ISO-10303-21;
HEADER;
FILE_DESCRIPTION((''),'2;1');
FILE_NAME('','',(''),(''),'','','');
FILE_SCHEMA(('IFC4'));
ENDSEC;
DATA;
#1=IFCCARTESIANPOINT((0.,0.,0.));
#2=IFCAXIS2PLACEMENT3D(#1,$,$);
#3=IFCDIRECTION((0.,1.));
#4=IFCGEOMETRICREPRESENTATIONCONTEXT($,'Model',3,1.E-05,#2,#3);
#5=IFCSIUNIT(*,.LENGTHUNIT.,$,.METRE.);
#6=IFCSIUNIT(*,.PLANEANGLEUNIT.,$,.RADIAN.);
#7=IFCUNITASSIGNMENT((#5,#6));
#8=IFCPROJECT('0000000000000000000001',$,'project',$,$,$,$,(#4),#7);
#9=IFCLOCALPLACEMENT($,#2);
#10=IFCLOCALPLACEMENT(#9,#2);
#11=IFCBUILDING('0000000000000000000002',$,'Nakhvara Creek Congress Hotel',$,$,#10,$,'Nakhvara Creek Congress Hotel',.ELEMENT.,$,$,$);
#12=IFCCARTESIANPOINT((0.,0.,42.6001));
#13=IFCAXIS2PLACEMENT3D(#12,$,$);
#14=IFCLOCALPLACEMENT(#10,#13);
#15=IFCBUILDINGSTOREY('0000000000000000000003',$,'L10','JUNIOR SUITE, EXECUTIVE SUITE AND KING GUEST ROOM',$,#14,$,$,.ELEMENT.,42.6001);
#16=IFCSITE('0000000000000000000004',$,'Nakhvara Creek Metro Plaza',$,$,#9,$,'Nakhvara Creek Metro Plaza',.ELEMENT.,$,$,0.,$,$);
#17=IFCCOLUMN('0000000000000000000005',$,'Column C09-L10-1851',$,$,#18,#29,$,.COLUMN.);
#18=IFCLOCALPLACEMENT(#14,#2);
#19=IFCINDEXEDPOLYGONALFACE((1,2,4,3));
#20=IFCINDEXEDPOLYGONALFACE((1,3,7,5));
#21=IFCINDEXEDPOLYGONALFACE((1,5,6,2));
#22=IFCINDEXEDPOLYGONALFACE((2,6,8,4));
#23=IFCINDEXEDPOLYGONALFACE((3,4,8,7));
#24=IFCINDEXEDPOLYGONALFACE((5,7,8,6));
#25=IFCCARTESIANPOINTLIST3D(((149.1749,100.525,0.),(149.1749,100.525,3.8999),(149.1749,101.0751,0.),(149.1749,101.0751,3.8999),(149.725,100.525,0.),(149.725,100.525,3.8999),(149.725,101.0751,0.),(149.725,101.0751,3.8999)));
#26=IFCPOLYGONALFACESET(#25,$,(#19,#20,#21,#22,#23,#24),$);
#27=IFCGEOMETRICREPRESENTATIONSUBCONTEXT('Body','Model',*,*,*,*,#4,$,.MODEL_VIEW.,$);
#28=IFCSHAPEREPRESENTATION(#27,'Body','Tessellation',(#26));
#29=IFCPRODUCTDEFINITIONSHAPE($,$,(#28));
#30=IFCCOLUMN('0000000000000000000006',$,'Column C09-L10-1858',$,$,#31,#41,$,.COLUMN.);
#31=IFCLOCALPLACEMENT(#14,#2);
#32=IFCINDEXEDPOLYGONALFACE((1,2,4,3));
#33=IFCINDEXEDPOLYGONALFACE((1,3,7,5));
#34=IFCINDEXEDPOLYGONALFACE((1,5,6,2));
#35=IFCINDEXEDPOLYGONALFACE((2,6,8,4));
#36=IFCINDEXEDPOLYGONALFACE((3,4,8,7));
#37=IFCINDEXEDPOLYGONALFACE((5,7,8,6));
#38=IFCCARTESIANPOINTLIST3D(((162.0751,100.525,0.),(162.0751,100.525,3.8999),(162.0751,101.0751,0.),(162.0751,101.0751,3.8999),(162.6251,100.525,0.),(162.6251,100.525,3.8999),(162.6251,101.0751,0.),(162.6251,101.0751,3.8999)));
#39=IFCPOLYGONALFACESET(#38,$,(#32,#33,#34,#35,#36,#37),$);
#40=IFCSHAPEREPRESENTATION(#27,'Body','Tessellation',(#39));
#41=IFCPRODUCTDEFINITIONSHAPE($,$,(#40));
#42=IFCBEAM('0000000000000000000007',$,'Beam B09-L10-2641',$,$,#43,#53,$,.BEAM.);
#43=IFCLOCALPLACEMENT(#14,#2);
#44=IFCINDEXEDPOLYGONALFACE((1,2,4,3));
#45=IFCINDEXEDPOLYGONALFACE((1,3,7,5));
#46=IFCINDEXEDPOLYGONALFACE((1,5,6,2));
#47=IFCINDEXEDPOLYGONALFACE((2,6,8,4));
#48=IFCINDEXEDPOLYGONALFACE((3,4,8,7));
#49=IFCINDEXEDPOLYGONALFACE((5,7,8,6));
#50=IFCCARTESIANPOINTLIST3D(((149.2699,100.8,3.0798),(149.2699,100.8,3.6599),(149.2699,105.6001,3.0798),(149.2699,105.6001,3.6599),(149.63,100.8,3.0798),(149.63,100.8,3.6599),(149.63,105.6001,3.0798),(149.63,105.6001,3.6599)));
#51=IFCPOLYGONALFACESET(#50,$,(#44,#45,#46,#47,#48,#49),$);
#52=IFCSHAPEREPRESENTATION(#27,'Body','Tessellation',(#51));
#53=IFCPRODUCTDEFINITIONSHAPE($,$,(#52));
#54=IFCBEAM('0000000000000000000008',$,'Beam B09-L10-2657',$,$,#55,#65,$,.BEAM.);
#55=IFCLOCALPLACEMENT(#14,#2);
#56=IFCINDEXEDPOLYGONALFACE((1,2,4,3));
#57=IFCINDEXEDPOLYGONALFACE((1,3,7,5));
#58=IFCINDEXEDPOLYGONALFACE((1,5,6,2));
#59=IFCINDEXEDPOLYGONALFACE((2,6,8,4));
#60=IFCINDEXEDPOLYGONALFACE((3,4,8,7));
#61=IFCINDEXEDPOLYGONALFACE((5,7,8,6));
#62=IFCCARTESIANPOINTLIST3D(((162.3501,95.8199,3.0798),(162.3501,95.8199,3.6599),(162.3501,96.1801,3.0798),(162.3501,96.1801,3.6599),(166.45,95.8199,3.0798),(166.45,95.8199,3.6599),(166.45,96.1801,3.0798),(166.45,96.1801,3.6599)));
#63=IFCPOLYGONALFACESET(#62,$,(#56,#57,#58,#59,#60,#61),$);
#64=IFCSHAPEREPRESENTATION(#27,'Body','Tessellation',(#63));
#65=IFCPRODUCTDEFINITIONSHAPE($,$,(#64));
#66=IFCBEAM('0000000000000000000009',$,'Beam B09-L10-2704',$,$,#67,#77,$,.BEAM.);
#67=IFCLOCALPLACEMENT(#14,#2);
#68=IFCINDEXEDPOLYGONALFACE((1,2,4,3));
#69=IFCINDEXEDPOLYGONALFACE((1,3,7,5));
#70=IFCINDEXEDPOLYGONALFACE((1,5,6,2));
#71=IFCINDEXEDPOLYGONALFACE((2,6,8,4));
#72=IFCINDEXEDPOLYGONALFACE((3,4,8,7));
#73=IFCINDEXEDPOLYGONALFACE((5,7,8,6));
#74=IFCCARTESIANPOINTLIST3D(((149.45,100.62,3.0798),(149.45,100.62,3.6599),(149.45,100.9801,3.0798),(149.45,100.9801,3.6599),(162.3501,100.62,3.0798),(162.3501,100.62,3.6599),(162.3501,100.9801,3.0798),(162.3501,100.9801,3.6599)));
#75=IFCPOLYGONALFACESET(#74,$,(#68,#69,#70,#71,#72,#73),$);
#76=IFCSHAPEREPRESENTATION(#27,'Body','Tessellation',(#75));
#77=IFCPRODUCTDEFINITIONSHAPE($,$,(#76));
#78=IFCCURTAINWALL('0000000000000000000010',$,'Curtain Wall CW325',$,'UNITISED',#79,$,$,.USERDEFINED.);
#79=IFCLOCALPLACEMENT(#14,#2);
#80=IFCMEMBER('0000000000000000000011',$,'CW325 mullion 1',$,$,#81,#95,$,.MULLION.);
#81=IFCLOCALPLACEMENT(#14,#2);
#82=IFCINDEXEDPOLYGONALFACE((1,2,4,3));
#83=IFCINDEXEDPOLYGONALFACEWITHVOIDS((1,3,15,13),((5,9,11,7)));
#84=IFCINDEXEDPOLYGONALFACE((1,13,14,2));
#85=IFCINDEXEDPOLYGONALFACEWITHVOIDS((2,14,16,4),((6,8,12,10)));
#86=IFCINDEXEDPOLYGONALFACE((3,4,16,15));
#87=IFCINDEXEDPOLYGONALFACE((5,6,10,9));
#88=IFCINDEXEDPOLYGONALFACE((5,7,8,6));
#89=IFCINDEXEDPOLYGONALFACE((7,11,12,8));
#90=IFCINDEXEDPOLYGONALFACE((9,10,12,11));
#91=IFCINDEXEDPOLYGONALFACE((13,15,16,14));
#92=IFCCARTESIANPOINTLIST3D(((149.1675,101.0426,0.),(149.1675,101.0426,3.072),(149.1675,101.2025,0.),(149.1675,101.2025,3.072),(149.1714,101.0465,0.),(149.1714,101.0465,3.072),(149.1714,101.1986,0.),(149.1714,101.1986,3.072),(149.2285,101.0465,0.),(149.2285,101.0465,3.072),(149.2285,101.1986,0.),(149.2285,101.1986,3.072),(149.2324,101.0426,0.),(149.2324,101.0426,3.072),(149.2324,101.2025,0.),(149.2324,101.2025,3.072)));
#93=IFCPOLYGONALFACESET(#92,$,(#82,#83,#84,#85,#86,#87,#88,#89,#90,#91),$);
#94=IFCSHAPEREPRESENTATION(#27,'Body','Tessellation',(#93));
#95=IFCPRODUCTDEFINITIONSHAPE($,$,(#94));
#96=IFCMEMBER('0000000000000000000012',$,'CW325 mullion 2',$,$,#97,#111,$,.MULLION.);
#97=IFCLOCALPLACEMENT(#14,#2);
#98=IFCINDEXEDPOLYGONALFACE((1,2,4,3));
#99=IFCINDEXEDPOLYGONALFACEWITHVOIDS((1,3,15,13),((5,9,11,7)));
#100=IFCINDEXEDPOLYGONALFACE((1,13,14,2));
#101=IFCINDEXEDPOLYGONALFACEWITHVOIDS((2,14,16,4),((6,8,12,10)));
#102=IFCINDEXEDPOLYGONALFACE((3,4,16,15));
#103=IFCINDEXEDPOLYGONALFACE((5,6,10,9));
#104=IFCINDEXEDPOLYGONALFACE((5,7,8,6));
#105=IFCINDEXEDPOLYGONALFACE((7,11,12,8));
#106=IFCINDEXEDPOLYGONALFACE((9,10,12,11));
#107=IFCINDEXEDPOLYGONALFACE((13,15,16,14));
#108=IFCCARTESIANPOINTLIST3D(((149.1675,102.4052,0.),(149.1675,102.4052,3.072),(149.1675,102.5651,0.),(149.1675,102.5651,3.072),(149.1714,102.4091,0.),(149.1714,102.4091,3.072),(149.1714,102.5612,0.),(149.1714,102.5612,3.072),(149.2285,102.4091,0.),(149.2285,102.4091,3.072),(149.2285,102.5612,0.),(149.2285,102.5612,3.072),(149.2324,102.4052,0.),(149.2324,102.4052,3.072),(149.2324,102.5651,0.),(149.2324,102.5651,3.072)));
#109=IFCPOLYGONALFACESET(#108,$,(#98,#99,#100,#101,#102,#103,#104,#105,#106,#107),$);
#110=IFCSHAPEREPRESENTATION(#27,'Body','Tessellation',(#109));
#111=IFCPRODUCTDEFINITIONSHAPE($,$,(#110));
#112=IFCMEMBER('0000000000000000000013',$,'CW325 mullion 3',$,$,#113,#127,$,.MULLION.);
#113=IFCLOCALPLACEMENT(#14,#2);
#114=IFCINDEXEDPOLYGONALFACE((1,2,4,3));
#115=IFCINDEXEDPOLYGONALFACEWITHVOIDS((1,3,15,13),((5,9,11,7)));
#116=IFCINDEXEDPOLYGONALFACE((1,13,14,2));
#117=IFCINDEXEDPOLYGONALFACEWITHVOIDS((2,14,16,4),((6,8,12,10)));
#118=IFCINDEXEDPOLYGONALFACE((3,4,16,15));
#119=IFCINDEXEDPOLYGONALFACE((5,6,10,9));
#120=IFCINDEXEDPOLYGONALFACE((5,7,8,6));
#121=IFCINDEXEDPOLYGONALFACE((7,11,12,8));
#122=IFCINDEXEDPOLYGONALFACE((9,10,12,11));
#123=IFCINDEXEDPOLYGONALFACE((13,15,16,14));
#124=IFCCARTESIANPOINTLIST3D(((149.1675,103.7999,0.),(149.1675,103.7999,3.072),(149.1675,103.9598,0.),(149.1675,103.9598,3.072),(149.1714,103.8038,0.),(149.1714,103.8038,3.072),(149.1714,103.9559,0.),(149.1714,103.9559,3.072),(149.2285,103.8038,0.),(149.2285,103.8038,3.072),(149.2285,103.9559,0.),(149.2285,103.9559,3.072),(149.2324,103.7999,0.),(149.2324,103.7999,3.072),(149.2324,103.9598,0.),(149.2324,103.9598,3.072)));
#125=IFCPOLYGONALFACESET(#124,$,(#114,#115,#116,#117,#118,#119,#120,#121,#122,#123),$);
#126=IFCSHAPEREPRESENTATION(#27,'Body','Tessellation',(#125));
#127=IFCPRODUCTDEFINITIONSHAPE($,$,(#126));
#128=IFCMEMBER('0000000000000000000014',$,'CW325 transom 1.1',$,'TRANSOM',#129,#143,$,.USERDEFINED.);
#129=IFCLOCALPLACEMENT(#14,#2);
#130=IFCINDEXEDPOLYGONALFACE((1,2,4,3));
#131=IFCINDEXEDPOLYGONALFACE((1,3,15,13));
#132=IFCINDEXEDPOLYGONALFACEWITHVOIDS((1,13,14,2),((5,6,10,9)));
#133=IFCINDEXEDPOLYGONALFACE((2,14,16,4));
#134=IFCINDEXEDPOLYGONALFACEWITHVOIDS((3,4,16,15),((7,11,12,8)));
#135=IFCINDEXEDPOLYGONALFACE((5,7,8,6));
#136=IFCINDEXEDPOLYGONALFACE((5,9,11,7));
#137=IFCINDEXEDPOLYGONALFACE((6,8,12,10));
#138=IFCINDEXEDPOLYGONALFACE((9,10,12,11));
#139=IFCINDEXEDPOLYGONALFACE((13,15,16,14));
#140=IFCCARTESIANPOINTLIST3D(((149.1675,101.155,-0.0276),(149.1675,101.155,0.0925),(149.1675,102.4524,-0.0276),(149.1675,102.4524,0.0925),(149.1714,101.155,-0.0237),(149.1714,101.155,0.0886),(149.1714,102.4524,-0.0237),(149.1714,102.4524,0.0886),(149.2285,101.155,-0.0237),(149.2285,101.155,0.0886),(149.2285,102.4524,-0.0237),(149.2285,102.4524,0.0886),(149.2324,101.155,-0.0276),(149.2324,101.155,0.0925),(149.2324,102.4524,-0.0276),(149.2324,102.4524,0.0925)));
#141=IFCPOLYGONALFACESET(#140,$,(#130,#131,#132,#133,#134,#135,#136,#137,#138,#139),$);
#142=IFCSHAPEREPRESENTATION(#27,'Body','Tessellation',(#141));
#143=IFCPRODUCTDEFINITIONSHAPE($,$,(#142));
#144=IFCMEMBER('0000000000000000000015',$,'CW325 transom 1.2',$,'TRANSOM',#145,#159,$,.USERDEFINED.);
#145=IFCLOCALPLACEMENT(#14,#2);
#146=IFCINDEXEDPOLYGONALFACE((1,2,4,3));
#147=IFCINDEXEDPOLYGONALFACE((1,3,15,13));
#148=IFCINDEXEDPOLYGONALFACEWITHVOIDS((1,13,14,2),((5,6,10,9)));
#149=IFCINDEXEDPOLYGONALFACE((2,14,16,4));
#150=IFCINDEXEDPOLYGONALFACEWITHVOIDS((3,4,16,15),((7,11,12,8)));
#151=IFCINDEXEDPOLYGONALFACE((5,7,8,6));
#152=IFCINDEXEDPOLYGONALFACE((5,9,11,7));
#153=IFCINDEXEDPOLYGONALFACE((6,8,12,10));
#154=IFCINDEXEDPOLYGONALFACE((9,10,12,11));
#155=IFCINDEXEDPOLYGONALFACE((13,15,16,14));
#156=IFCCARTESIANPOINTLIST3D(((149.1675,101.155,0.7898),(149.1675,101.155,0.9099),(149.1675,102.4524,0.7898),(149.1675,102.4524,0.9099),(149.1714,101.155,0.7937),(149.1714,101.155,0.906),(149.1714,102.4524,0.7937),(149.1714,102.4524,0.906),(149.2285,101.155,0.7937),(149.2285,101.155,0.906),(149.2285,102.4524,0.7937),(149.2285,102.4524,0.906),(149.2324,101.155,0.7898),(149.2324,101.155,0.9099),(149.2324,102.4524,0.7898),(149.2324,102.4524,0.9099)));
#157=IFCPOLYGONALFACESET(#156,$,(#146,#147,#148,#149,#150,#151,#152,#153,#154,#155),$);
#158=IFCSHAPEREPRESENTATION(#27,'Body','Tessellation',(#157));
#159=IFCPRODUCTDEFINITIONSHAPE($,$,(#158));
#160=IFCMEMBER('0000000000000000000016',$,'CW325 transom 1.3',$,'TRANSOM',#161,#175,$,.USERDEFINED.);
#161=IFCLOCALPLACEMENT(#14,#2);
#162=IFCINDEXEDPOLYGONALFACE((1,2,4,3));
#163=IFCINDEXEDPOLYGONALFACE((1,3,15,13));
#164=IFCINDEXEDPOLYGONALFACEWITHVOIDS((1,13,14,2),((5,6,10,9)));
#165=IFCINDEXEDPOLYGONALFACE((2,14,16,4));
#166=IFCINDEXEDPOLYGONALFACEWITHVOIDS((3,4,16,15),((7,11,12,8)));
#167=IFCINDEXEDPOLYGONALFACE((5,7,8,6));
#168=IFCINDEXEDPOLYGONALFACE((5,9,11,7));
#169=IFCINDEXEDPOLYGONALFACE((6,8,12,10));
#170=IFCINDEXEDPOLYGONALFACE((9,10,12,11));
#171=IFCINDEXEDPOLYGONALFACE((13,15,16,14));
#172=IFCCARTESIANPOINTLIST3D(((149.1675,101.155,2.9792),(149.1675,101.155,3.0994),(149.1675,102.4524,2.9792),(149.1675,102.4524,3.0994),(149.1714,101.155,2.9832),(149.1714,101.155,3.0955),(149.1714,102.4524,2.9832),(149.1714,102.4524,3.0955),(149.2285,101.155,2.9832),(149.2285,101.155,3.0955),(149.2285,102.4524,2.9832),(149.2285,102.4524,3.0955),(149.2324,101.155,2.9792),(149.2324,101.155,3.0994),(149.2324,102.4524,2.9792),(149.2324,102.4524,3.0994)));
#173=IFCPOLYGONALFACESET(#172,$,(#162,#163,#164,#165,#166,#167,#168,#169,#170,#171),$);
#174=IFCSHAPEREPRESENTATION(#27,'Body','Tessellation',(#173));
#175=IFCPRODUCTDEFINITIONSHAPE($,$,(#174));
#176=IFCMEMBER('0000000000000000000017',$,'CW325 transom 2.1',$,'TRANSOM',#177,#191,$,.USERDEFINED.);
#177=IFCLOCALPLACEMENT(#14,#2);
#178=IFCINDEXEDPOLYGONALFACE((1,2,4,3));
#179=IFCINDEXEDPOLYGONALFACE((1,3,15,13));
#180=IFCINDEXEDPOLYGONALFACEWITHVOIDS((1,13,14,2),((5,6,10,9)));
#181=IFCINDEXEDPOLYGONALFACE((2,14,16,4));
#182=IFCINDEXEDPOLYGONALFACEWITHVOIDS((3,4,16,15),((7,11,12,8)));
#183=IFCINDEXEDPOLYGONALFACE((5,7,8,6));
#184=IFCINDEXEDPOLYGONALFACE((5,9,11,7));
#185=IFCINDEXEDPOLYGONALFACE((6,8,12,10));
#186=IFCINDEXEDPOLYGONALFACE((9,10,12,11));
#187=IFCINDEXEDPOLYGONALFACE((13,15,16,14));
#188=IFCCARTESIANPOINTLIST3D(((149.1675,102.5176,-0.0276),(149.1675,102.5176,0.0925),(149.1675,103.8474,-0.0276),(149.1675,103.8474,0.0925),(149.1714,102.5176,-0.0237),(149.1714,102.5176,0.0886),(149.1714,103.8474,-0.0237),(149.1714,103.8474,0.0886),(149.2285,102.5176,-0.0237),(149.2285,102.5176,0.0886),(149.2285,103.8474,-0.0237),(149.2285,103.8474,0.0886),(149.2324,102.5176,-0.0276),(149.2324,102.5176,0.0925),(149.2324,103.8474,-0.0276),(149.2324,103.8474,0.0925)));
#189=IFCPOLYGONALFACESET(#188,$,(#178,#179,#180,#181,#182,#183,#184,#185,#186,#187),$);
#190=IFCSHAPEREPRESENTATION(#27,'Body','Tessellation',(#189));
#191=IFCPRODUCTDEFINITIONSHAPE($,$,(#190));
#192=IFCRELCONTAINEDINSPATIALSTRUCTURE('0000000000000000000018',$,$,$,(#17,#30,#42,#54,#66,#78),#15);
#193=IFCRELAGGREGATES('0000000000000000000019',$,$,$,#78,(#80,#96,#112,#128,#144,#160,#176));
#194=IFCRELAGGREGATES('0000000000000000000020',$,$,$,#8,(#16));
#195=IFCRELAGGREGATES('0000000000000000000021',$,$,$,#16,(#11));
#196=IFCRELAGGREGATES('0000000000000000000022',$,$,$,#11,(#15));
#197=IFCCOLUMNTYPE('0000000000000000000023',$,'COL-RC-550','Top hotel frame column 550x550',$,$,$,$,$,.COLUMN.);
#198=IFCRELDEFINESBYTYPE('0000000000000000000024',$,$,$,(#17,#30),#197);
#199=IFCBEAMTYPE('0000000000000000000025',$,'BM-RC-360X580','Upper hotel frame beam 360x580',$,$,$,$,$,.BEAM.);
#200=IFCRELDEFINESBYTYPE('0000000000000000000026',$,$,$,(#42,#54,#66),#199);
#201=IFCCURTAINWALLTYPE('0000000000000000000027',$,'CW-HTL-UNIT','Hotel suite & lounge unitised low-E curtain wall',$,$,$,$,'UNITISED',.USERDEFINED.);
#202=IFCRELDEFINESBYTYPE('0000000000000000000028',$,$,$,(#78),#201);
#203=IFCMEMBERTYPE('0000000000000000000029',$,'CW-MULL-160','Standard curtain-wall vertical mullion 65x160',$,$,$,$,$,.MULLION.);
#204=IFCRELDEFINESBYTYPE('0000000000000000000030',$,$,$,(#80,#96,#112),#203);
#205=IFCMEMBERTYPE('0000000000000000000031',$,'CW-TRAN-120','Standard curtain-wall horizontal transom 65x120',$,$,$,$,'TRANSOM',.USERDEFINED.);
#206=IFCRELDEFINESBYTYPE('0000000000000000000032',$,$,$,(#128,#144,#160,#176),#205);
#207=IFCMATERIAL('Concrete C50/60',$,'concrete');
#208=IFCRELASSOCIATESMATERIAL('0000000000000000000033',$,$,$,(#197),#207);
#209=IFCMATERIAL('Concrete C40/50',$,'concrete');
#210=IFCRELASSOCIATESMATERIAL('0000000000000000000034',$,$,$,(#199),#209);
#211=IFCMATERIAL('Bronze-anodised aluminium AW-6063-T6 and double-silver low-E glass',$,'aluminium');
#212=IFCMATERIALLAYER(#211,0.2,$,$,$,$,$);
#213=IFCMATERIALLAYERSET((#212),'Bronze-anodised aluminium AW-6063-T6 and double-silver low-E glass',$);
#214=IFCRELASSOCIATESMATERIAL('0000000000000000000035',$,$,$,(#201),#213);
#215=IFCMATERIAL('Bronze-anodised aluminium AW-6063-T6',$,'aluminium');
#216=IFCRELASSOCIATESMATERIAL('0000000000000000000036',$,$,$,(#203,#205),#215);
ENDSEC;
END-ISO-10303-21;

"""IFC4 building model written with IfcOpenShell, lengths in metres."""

from ifc_helpers import new_model, si_unit, direction, frame, origin, origin_2d, place, context, subcontext, project, spatial, rectangle, hollow_rectangle, extrude, material, layer, layer_set, material_profile, profile_set, type_object, element, aggregate, save


model = new_model("IFC4")

# Units and contexts
model_context = context("Model", 3, precision=1e-05, world=origin(), true_north=direction((0.0, 1.0)))
body_context = subcontext(model_context, "Body", "Model", "MODEL_VIEW")
ifc_project = project(units=[si_unit("LENGTHUNIT", "METRE"), si_unit("PLANEANGLEUNIT", "RADIAN")], contexts=[model_context])

# Site, building, storey
site_placement = place(None, origin())
site = spatial("IfcSite", under=ifc_project, at=site_placement, Name="Nakhvara Creek Metro Plaza", LongName="Nakhvara Creek Metro Plaza", CompositionType="ELEMENT", RefElevation=0.0)
building_placement = place(site_placement, origin())
building = spatial("IfcBuilding", under=site, at=building_placement, Name="Nakhvara Creek Congress Hotel", LongName="Nakhvara Creek Congress Hotel", CompositionType="ELEMENT")
storey_placement = place(building_placement, frame((0.0, 0.0, 42.6001)))
storey = spatial("IfcBuildingStorey", under=building, at=storey_placement, Name="L10", Description="JUNIOR SUITE, EXECUTIVE SUITE AND KING GUEST ROOM", CompositionType="ELEMENT", Elevation=42.6001)

# Columns
ifc_material_1 = material(Name="Concrete C50/60", Category="concrete")
ifc_material_profile_1 = material_profile(ifc_material_1, rectangle(XDim=0.55, YDim=0.55, at=origin_2d()), Name="RC-COL 550x550", Category="LoadBearing")
ifc_profile_set_1 = profile_set([ifc_material_profile_1], Name="Concrete C50/60")
column_type = type_object("IfcColumnType", Name="COL-RC-550", Description="Top hotel frame column 550x550", PredefinedType="COLUMN", material=ifc_profile_set_1)
for number, where, z_axis, x_axis, name in (
    (1, (149.45, 100.8, 0.0), (0.0, 0.0, 1.0), (1.0, 0.0, 0.0), "Column C09-L10-1851"),
    (2, (162.3501, 100.8, 0.0), (0.0, 0.0, 1.0), (1.0, 0.0, 0.0), "Column C09-L10-1858"),
):
    element("IfcColumn", number, at=place(storey_placement, frame(where, z_axis=z_axis, x_axis=x_axis)), inside=storey, type_object=column_type, Name=name, PredefinedType="COLUMN", context=body_context, shape_type="SweptSolid", body=[
        extrude(rectangle(XDim=0.55, YDim=0.55, at=origin_2d()), origin(), (0.0, 0.0, 1.0), 3.8999),
    ])

# Beams
ifc_material_2 = material(Name="Concrete C40/50", Category="concrete")
ifc_material_profile_2 = material_profile(ifc_material_2, rectangle(XDim=0.3601, YDim=0.5801, at=origin_2d()), Name="RC-BM 360x580", Category="LoadBearing")
ifc_profile_set_2 = profile_set([ifc_material_profile_2], Name="Concrete C40/50")
beam_type = type_object("IfcBeamType", Name="BM-RC-360X580", Description="Upper hotel frame beam 360x580", PredefinedType="BEAM", material=ifc_profile_set_2)
beam_1_placement = place(storey_placement, frame((149.45, 100.8, 3.3699), z_axis=(0.0, 1.0, 0.0), x_axis=(-1.0, 0.0, 0.0)))
element("IfcBeam", 3, at=beam_1_placement, inside=storey, type_object=beam_type, Name="Beam B09-L10-2641", PredefinedType="BEAM", context=body_context, shape_type="SweptSolid", body=[
    extrude(rectangle(XDim=0.3601, YDim=0.5801, at=origin_2d()), origin(), (0.0, 0.0, 1.0), 4.8),
])
beam_2_placement = place(storey_placement, frame((162.3501, 96.0, 3.3699), z_axis=(1.0, 0.0, 0.0), x_axis=(0.0, 1.0, 0.0)))
element("IfcBeam", 4, at=beam_2_placement, inside=storey, type_object=beam_type, Name="Beam B09-L10-2657", PredefinedType="BEAM", context=body_context, shape_type="SweptSolid", body=[
    extrude(rectangle(XDim=0.3601, YDim=0.5801, at=origin_2d()), origin(), (0.0, 0.0, 1.0), 4.0999),
])
beam_3_placement = place(storey_placement, frame((149.45, 100.8, 3.3699), z_axis=(1.0, 0.0, 0.0), x_axis=(0.0, 1.0, 0.0)))
element("IfcBeam", 5, at=beam_3_placement, inside=storey, type_object=beam_type, Name="Beam B09-L10-2704", PredefinedType="BEAM", context=body_context, shape_type="SweptSolid", body=[
    extrude(rectangle(XDim=0.3601, YDim=0.5801, at=origin_2d()), origin(), (0.0, 0.0, 1.0), 12.9001),
])

# Curtain wall, members
ifc_material_3 = material(Name="Bronze-anodised aluminium AW-6063-T6 and double-silver low-E glass", Category="aluminium")
ifc_layer_1 = layer(ifc_material_3, 0.2)
ifc_layer_set_1 = layer_set([ifc_layer_1], Name="Bronze-anodised aluminium AW-6063-T6 and double-silver low-E glass")
curtain_wall_type = type_object("IfcCurtainWallType", Name="CW-HTL-UNIT", Description="Hotel suite & lounge unitised low-E curtain wall", ElementType="UNITISED", PredefinedType="USERDEFINED", material=ifc_layer_set_1)
curtain_wall_placement = place(storey_placement, origin())
curtain_wall = element("IfcCurtainWall", 6, at=curtain_wall_placement, inside=storey, type_object=curtain_wall_type, Name="Curtain Wall CW325", ObjectType="UNITISED", PredefinedType="USERDEFINED")
ifc_material_4 = material(Name="Bronze-anodised aluminium AW-6063-T6", Category="aluminium")
ifc_material_profile_3 = material_profile(ifc_material_4, hollow_rectangle(XDim=0.0649, YDim=0.1599, WallThickness=0.0039, at=origin_2d()), Name="ALU-MULL 65x160x4", Category="LoadBearing")
ifc_profile_set_3 = profile_set([ifc_material_profile_3], Name="Bronze-anodised aluminium AW-6063-T6")
member_type_1 = type_object("IfcMemberType", Name="CW-MULL-160", Description="Standard curtain-wall vertical mullion 65x160", PredefinedType="MULLION", material=ifc_profile_set_3)
member_1_placement = place(storey_placement, frame((149.2, 101.1226, 0.0), z_axis=(0.0, 0.0, 1.0), x_axis=(-1.0, 0.0, 0.0)))
member_1 = element("IfcMember", 7, at=member_1_placement, type_object=member_type_1, Name="CW325 mullion 1", PredefinedType="MULLION", context=body_context, shape_type="SweptSolid", body=[
    extrude(hollow_rectangle(XDim=0.0649, YDim=0.1599, WallThickness=0.0039, at=origin_2d()), origin(), (0.0, 0.0, 1.0), 3.072),
])
member_2_placement = place(storey_placement, frame((149.2, 102.4851, 0.0), z_axis=(0.0, 0.0, 1.0), x_axis=(-1.0, 0.0, 0.0)))
member_2 = element("IfcMember", 8, at=member_2_placement, type_object=member_type_1, Name="CW325 mullion 2", PredefinedType="MULLION", context=body_context, shape_type="SweptSolid", body=[
    extrude(hollow_rectangle(XDim=0.0649, YDim=0.1599, WallThickness=0.0039, at=origin_2d()), origin(), (0.0, 0.0, 1.0), 3.072),
])
member_3_placement = place(storey_placement, frame((149.2, 103.8799, 0.0), z_axis=(0.0, 0.0, 1.0), x_axis=(-1.0, 0.0, 0.0)))
member_3 = element("IfcMember", 9, at=member_3_placement, type_object=member_type_1, Name="CW325 mullion 3", PredefinedType="MULLION", context=body_context, shape_type="SweptSolid", body=[
    extrude(hollow_rectangle(XDim=0.0649, YDim=0.1599, WallThickness=0.0039, at=origin_2d()), origin(), (0.0, 0.0, 1.0), 3.072),
])
ifc_material_profile_4 = material_profile(ifc_material_4, hollow_rectangle(XDim=0.0649, YDim=0.1201, WallThickness=0.0039, at=origin_2d()), Name="ALU-TRAN 65x120x4", Category="LoadBearing")
ifc_profile_set_4 = profile_set([ifc_material_profile_4], Name="Bronze-anodised aluminium AW-6063-T6")
member_type_2 = type_object("IfcMemberType", Name="CW-TRAN-120", Description="Standard curtain-wall horizontal transom 65x120", ElementType="TRANSOM", PredefinedType="USERDEFINED", material=ifc_profile_set_4)
member_4_placement = place(storey_placement, frame((149.2, 101.155, 0.0325), z_axis=(0.0, 1.0, 0.0), x_axis=(-1.0, 0.0, 0.0)))
member_4 = element("IfcMember", 10, at=member_4_placement, type_object=member_type_2, Name="CW325 transom 1.1", ObjectType="TRANSOM", PredefinedType="USERDEFINED", context=body_context, shape_type="SweptSolid", body=[
    extrude(hollow_rectangle(XDim=0.0649, YDim=0.1201, WallThickness=0.0039, at=origin_2d()), origin(), (0.0, 0.0, 1.0), 1.2974),
])
member_5_placement = place(storey_placement, frame((149.2, 101.155, 0.8499), z_axis=(0.0, 1.0, 0.0), x_axis=(-1.0, 0.0, 0.0)))
member_5 = element("IfcMember", 11, at=member_5_placement, type_object=member_type_2, Name="CW325 transom 1.2", ObjectType="TRANSOM", PredefinedType="USERDEFINED", context=body_context, shape_type="SweptSolid", body=[
    extrude(hollow_rectangle(XDim=0.0649, YDim=0.1201, WallThickness=0.0039, at=origin_2d()), origin(), (0.0, 0.0, 1.0), 1.2974),
])
member_6_placement = place(storey_placement, frame((149.2, 101.155, 3.0393), z_axis=(0.0, 1.0, 0.0), x_axis=(-1.0, 0.0, 0.0)))
member_6 = element("IfcMember", 12, at=member_6_placement, type_object=member_type_2, Name="CW325 transom 1.3", ObjectType="TRANSOM", PredefinedType="USERDEFINED", context=body_context, shape_type="SweptSolid", body=[
    extrude(hollow_rectangle(XDim=0.0649, YDim=0.1201, WallThickness=0.0039, at=origin_2d()), origin(), (0.0, 0.0, 1.0), 1.2974),
])
member_7_placement = place(storey_placement, frame((149.2, 102.5176, 0.0325), z_axis=(0.0, 1.0, 0.0), x_axis=(-1.0, 0.0, 0.0)))
member_7 = element("IfcMember", 13, at=member_7_placement, type_object=member_type_2, Name="CW325 transom 2.1", ObjectType="TRANSOM", PredefinedType="USERDEFINED", context=body_context, shape_type="SweptSolid", body=[
    extrude(hollow_rectangle(XDim=0.0649, YDim=0.1201, WallThickness=0.0039, at=origin_2d()), origin(), (0.0, 0.0, 1.0), 1.3298),
])
aggregate(curtain_wall, [member_1, member_2, member_3, member_4, member_5, member_6, member_7])

save(model, "model.ifc")
